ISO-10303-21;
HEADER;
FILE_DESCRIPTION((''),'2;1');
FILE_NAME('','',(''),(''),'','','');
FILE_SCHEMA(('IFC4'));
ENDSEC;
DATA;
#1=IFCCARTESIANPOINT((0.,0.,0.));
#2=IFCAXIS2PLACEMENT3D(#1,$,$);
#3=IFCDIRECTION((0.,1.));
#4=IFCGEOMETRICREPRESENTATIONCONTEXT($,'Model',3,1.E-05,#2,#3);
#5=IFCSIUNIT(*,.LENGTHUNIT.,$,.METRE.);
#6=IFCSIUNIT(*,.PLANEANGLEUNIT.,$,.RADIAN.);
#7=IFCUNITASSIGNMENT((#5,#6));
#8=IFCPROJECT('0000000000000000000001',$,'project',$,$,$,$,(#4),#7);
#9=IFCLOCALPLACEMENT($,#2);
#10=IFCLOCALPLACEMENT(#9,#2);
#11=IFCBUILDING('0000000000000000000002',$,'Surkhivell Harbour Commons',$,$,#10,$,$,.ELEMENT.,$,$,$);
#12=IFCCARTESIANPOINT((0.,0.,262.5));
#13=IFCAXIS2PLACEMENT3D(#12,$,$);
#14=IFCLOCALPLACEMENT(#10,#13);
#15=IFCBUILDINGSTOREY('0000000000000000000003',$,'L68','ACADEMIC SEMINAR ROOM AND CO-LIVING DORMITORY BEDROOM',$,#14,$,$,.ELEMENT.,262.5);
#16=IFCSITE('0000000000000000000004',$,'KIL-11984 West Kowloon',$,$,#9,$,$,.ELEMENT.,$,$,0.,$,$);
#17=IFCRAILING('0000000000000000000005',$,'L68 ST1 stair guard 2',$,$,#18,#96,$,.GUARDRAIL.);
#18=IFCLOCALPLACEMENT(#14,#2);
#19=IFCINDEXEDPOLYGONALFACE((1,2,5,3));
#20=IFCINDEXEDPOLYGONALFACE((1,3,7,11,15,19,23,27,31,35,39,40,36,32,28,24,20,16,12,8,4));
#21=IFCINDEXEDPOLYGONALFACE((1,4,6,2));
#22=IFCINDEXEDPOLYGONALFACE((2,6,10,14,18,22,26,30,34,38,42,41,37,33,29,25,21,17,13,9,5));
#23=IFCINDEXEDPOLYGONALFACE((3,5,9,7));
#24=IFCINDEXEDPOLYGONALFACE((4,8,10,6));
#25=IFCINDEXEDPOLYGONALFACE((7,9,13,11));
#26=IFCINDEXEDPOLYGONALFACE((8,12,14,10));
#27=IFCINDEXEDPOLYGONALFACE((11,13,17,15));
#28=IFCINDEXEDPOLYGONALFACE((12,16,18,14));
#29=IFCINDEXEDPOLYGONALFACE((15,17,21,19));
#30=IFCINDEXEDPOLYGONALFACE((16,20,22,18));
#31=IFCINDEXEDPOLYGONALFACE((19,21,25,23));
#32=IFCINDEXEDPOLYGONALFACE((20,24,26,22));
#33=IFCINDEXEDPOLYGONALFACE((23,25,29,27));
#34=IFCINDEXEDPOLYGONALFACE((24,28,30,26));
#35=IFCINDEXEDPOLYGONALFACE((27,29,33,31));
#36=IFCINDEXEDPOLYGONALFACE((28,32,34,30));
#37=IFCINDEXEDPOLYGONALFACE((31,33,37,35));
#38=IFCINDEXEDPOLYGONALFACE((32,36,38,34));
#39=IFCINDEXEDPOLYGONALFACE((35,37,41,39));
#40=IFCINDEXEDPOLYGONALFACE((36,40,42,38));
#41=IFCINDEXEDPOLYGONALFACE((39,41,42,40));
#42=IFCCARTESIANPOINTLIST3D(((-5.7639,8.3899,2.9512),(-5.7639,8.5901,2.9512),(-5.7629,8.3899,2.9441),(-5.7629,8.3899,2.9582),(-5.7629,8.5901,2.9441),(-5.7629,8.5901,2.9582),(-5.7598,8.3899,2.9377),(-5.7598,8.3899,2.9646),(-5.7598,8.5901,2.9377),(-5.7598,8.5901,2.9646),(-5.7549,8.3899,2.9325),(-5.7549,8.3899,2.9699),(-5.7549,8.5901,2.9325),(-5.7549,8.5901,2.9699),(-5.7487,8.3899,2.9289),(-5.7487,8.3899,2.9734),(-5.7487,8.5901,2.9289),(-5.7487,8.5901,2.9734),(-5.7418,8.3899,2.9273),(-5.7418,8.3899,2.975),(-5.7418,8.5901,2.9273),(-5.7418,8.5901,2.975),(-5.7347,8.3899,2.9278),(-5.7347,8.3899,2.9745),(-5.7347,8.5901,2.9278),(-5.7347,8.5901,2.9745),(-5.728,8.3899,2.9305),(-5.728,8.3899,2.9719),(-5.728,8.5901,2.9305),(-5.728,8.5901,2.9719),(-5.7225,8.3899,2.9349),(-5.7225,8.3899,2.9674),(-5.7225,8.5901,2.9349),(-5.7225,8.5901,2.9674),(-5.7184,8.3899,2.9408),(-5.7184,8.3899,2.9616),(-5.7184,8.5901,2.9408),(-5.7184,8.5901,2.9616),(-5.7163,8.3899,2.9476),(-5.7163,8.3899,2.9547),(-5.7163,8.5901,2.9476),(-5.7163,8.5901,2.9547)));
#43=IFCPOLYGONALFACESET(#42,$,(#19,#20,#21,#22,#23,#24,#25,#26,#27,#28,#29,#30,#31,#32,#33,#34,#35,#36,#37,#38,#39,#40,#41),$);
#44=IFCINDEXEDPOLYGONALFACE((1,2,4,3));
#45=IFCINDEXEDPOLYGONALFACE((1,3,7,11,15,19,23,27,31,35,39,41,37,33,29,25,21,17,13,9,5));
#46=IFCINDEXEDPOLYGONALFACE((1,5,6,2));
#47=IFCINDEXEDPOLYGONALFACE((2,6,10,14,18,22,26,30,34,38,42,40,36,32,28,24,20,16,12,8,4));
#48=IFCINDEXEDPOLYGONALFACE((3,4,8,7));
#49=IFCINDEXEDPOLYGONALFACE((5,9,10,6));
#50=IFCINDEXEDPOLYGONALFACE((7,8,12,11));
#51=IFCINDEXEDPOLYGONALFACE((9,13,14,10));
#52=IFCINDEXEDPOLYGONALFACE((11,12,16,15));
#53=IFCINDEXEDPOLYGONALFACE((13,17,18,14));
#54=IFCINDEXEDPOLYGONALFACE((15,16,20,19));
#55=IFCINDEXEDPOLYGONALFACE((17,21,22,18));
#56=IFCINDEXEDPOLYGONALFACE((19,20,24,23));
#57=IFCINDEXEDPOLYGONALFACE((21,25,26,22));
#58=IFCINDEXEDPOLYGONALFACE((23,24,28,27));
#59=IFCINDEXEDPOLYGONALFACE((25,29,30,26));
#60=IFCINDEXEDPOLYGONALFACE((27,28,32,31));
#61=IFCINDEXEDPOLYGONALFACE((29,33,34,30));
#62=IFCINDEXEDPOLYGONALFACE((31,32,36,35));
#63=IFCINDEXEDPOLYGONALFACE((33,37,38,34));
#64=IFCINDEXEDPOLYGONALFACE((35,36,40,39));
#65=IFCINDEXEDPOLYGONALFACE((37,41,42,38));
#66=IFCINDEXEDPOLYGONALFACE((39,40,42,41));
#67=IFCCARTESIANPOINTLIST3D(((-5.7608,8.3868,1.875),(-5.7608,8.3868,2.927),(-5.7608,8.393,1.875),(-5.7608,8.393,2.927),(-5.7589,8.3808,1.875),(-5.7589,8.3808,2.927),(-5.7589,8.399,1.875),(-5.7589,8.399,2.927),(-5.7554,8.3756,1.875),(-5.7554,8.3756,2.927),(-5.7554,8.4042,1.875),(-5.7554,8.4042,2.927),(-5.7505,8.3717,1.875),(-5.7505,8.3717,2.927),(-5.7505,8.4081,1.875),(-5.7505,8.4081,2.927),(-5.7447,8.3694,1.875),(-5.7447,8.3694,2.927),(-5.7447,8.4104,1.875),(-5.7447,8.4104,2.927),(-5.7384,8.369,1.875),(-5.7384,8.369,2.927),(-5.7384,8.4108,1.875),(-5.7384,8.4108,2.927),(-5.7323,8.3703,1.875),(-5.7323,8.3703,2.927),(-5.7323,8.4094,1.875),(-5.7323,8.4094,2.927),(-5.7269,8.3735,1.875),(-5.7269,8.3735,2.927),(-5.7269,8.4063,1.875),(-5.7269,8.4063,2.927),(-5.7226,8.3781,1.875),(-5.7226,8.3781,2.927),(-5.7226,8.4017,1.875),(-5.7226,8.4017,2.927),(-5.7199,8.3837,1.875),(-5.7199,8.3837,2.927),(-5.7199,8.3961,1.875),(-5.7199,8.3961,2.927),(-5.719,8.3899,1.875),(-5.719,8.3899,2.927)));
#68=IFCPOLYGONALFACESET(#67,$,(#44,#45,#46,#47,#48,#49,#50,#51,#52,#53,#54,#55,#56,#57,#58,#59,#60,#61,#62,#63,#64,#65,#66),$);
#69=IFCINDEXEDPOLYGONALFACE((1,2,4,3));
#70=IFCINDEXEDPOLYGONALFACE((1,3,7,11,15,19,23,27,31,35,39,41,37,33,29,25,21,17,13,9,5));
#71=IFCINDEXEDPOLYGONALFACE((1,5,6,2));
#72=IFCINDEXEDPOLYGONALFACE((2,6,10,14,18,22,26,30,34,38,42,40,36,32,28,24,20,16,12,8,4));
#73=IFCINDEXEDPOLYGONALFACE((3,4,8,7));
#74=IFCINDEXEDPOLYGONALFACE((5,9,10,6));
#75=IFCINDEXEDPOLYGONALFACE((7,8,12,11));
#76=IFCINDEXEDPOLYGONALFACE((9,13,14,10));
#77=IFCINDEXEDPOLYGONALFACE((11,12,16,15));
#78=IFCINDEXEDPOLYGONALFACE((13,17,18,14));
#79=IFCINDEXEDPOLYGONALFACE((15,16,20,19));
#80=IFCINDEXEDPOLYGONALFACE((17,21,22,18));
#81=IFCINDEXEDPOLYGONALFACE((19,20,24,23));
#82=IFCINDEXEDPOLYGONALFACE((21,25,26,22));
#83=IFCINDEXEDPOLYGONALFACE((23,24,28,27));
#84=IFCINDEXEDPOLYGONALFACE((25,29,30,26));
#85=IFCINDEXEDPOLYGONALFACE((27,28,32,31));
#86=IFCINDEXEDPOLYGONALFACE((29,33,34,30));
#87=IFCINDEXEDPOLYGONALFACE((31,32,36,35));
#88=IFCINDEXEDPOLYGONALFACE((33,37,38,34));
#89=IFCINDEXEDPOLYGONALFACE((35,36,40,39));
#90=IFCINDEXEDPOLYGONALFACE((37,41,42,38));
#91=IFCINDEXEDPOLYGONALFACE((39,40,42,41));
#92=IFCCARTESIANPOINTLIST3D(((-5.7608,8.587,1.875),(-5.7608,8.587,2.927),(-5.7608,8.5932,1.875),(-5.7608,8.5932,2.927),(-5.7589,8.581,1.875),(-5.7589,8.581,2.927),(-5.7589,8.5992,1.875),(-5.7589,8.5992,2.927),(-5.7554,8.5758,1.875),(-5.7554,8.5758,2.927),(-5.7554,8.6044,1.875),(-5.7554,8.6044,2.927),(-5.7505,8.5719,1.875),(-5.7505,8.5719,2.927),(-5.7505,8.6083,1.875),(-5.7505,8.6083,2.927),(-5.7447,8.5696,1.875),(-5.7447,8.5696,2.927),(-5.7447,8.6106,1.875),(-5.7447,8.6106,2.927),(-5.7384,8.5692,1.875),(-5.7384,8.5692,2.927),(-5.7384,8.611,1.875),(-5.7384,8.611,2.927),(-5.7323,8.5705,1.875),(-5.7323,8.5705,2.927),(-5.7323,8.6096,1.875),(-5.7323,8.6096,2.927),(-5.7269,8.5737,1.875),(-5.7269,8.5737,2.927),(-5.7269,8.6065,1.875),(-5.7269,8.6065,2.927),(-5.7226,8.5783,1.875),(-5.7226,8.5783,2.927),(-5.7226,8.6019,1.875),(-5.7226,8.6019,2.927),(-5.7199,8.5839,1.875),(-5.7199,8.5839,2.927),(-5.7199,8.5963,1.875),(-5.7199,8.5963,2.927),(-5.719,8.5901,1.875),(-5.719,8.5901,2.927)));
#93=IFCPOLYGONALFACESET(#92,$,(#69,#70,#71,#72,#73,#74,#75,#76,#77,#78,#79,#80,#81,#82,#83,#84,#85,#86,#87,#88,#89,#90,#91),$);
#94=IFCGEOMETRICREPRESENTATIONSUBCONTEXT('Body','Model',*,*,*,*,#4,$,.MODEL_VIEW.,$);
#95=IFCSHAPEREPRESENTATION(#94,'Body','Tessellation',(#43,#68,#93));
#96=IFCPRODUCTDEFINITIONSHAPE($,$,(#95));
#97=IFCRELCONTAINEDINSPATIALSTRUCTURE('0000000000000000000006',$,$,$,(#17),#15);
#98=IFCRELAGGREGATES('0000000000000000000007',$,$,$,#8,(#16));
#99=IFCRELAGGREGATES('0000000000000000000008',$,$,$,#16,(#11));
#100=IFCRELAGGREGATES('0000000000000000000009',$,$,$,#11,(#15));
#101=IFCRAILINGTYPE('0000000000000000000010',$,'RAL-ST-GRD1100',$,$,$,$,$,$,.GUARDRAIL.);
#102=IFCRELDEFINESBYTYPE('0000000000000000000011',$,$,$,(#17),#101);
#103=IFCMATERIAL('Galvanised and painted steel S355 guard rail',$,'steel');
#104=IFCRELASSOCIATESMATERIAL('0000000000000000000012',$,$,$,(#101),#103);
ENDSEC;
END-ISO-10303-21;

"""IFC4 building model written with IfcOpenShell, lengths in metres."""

from ifc_helpers import new_model, si_unit, direction, frame, origin, origin_2d, place, context, subcontext, project, spatial, circle, extrude, material, type_object, element, save


model = new_model("IFC4")

# Units and contexts
model_context = context("Model", 3, precision=1e-05, world=origin(), true_north=direction((0.0, 1.0)))
body_context = subcontext(model_context, "Body", "Model", "MODEL_VIEW")
ifc_project = project(units=[si_unit("LENGTHUNIT", "METRE"), si_unit("PLANEANGLEUNIT", "RADIAN")], contexts=[model_context])

# Site, building, storey
site_placement = place(None, origin())
site = spatial("IfcSite", under=ifc_project, at=site_placement, Name="KIL-11984 West Kowloon", CompositionType="ELEMENT", RefElevation=0.0)
building_placement = place(site_placement, origin())
building = spatial("IfcBuilding", under=site, at=building_placement, Name="Surkhivell Harbour Commons", CompositionType="ELEMENT")
storey_placement = place(building_placement, frame((0.0, 0.0, 262.5)))
storey = spatial("IfcBuildingStorey", under=building, at=storey_placement, Name="L68", Description="ACADEMIC SEMINAR ROOM AND CO-LIVING DORMITORY BEDROOM", CompositionType="ELEMENT", Elevation=262.5)

# Railing
ifc_material_1 = material(Name="Galvanised and painted steel S355 guard rail", Category="steel")
railing_type_1 = type_object("IfcRailingType", Name="RAL-ST-GRD1100", PredefinedType="GUARDRAIL", material=ifc_material_1)
railing_1_placement = place(storey_placement, frame((-5.74, 8.3899, 1.875)))
element("IfcRailing", 1, at=railing_1_placement, inside=storey, type_object=railing_type_1, Name="L68 ST1 stair guard 2", PredefinedType="GUARDRAIL", context=body_context, shape_type="SweptSolid", body=[
    extrude(circle(Radius=0.0239, at=origin_2d()), frame((0.0, 0.0, 1.0762), z_axis=(0.0, 1.0, 0.0), x_axis=(-1.0, 0.0, 0.0)), (0.0, 0.0, 1.0), 0.2002),
    extrude(circle(Radius=0.021, at=origin_2d()), origin(), (0.0, 0.0, 1.0), 1.052),
    extrude(circle(Radius=0.021, at=origin_2d()), frame((0.0, 0.2002, 0.0)), (0.0, 0.0, 1.0), 1.052),
])

save(model, "model.ifc")
